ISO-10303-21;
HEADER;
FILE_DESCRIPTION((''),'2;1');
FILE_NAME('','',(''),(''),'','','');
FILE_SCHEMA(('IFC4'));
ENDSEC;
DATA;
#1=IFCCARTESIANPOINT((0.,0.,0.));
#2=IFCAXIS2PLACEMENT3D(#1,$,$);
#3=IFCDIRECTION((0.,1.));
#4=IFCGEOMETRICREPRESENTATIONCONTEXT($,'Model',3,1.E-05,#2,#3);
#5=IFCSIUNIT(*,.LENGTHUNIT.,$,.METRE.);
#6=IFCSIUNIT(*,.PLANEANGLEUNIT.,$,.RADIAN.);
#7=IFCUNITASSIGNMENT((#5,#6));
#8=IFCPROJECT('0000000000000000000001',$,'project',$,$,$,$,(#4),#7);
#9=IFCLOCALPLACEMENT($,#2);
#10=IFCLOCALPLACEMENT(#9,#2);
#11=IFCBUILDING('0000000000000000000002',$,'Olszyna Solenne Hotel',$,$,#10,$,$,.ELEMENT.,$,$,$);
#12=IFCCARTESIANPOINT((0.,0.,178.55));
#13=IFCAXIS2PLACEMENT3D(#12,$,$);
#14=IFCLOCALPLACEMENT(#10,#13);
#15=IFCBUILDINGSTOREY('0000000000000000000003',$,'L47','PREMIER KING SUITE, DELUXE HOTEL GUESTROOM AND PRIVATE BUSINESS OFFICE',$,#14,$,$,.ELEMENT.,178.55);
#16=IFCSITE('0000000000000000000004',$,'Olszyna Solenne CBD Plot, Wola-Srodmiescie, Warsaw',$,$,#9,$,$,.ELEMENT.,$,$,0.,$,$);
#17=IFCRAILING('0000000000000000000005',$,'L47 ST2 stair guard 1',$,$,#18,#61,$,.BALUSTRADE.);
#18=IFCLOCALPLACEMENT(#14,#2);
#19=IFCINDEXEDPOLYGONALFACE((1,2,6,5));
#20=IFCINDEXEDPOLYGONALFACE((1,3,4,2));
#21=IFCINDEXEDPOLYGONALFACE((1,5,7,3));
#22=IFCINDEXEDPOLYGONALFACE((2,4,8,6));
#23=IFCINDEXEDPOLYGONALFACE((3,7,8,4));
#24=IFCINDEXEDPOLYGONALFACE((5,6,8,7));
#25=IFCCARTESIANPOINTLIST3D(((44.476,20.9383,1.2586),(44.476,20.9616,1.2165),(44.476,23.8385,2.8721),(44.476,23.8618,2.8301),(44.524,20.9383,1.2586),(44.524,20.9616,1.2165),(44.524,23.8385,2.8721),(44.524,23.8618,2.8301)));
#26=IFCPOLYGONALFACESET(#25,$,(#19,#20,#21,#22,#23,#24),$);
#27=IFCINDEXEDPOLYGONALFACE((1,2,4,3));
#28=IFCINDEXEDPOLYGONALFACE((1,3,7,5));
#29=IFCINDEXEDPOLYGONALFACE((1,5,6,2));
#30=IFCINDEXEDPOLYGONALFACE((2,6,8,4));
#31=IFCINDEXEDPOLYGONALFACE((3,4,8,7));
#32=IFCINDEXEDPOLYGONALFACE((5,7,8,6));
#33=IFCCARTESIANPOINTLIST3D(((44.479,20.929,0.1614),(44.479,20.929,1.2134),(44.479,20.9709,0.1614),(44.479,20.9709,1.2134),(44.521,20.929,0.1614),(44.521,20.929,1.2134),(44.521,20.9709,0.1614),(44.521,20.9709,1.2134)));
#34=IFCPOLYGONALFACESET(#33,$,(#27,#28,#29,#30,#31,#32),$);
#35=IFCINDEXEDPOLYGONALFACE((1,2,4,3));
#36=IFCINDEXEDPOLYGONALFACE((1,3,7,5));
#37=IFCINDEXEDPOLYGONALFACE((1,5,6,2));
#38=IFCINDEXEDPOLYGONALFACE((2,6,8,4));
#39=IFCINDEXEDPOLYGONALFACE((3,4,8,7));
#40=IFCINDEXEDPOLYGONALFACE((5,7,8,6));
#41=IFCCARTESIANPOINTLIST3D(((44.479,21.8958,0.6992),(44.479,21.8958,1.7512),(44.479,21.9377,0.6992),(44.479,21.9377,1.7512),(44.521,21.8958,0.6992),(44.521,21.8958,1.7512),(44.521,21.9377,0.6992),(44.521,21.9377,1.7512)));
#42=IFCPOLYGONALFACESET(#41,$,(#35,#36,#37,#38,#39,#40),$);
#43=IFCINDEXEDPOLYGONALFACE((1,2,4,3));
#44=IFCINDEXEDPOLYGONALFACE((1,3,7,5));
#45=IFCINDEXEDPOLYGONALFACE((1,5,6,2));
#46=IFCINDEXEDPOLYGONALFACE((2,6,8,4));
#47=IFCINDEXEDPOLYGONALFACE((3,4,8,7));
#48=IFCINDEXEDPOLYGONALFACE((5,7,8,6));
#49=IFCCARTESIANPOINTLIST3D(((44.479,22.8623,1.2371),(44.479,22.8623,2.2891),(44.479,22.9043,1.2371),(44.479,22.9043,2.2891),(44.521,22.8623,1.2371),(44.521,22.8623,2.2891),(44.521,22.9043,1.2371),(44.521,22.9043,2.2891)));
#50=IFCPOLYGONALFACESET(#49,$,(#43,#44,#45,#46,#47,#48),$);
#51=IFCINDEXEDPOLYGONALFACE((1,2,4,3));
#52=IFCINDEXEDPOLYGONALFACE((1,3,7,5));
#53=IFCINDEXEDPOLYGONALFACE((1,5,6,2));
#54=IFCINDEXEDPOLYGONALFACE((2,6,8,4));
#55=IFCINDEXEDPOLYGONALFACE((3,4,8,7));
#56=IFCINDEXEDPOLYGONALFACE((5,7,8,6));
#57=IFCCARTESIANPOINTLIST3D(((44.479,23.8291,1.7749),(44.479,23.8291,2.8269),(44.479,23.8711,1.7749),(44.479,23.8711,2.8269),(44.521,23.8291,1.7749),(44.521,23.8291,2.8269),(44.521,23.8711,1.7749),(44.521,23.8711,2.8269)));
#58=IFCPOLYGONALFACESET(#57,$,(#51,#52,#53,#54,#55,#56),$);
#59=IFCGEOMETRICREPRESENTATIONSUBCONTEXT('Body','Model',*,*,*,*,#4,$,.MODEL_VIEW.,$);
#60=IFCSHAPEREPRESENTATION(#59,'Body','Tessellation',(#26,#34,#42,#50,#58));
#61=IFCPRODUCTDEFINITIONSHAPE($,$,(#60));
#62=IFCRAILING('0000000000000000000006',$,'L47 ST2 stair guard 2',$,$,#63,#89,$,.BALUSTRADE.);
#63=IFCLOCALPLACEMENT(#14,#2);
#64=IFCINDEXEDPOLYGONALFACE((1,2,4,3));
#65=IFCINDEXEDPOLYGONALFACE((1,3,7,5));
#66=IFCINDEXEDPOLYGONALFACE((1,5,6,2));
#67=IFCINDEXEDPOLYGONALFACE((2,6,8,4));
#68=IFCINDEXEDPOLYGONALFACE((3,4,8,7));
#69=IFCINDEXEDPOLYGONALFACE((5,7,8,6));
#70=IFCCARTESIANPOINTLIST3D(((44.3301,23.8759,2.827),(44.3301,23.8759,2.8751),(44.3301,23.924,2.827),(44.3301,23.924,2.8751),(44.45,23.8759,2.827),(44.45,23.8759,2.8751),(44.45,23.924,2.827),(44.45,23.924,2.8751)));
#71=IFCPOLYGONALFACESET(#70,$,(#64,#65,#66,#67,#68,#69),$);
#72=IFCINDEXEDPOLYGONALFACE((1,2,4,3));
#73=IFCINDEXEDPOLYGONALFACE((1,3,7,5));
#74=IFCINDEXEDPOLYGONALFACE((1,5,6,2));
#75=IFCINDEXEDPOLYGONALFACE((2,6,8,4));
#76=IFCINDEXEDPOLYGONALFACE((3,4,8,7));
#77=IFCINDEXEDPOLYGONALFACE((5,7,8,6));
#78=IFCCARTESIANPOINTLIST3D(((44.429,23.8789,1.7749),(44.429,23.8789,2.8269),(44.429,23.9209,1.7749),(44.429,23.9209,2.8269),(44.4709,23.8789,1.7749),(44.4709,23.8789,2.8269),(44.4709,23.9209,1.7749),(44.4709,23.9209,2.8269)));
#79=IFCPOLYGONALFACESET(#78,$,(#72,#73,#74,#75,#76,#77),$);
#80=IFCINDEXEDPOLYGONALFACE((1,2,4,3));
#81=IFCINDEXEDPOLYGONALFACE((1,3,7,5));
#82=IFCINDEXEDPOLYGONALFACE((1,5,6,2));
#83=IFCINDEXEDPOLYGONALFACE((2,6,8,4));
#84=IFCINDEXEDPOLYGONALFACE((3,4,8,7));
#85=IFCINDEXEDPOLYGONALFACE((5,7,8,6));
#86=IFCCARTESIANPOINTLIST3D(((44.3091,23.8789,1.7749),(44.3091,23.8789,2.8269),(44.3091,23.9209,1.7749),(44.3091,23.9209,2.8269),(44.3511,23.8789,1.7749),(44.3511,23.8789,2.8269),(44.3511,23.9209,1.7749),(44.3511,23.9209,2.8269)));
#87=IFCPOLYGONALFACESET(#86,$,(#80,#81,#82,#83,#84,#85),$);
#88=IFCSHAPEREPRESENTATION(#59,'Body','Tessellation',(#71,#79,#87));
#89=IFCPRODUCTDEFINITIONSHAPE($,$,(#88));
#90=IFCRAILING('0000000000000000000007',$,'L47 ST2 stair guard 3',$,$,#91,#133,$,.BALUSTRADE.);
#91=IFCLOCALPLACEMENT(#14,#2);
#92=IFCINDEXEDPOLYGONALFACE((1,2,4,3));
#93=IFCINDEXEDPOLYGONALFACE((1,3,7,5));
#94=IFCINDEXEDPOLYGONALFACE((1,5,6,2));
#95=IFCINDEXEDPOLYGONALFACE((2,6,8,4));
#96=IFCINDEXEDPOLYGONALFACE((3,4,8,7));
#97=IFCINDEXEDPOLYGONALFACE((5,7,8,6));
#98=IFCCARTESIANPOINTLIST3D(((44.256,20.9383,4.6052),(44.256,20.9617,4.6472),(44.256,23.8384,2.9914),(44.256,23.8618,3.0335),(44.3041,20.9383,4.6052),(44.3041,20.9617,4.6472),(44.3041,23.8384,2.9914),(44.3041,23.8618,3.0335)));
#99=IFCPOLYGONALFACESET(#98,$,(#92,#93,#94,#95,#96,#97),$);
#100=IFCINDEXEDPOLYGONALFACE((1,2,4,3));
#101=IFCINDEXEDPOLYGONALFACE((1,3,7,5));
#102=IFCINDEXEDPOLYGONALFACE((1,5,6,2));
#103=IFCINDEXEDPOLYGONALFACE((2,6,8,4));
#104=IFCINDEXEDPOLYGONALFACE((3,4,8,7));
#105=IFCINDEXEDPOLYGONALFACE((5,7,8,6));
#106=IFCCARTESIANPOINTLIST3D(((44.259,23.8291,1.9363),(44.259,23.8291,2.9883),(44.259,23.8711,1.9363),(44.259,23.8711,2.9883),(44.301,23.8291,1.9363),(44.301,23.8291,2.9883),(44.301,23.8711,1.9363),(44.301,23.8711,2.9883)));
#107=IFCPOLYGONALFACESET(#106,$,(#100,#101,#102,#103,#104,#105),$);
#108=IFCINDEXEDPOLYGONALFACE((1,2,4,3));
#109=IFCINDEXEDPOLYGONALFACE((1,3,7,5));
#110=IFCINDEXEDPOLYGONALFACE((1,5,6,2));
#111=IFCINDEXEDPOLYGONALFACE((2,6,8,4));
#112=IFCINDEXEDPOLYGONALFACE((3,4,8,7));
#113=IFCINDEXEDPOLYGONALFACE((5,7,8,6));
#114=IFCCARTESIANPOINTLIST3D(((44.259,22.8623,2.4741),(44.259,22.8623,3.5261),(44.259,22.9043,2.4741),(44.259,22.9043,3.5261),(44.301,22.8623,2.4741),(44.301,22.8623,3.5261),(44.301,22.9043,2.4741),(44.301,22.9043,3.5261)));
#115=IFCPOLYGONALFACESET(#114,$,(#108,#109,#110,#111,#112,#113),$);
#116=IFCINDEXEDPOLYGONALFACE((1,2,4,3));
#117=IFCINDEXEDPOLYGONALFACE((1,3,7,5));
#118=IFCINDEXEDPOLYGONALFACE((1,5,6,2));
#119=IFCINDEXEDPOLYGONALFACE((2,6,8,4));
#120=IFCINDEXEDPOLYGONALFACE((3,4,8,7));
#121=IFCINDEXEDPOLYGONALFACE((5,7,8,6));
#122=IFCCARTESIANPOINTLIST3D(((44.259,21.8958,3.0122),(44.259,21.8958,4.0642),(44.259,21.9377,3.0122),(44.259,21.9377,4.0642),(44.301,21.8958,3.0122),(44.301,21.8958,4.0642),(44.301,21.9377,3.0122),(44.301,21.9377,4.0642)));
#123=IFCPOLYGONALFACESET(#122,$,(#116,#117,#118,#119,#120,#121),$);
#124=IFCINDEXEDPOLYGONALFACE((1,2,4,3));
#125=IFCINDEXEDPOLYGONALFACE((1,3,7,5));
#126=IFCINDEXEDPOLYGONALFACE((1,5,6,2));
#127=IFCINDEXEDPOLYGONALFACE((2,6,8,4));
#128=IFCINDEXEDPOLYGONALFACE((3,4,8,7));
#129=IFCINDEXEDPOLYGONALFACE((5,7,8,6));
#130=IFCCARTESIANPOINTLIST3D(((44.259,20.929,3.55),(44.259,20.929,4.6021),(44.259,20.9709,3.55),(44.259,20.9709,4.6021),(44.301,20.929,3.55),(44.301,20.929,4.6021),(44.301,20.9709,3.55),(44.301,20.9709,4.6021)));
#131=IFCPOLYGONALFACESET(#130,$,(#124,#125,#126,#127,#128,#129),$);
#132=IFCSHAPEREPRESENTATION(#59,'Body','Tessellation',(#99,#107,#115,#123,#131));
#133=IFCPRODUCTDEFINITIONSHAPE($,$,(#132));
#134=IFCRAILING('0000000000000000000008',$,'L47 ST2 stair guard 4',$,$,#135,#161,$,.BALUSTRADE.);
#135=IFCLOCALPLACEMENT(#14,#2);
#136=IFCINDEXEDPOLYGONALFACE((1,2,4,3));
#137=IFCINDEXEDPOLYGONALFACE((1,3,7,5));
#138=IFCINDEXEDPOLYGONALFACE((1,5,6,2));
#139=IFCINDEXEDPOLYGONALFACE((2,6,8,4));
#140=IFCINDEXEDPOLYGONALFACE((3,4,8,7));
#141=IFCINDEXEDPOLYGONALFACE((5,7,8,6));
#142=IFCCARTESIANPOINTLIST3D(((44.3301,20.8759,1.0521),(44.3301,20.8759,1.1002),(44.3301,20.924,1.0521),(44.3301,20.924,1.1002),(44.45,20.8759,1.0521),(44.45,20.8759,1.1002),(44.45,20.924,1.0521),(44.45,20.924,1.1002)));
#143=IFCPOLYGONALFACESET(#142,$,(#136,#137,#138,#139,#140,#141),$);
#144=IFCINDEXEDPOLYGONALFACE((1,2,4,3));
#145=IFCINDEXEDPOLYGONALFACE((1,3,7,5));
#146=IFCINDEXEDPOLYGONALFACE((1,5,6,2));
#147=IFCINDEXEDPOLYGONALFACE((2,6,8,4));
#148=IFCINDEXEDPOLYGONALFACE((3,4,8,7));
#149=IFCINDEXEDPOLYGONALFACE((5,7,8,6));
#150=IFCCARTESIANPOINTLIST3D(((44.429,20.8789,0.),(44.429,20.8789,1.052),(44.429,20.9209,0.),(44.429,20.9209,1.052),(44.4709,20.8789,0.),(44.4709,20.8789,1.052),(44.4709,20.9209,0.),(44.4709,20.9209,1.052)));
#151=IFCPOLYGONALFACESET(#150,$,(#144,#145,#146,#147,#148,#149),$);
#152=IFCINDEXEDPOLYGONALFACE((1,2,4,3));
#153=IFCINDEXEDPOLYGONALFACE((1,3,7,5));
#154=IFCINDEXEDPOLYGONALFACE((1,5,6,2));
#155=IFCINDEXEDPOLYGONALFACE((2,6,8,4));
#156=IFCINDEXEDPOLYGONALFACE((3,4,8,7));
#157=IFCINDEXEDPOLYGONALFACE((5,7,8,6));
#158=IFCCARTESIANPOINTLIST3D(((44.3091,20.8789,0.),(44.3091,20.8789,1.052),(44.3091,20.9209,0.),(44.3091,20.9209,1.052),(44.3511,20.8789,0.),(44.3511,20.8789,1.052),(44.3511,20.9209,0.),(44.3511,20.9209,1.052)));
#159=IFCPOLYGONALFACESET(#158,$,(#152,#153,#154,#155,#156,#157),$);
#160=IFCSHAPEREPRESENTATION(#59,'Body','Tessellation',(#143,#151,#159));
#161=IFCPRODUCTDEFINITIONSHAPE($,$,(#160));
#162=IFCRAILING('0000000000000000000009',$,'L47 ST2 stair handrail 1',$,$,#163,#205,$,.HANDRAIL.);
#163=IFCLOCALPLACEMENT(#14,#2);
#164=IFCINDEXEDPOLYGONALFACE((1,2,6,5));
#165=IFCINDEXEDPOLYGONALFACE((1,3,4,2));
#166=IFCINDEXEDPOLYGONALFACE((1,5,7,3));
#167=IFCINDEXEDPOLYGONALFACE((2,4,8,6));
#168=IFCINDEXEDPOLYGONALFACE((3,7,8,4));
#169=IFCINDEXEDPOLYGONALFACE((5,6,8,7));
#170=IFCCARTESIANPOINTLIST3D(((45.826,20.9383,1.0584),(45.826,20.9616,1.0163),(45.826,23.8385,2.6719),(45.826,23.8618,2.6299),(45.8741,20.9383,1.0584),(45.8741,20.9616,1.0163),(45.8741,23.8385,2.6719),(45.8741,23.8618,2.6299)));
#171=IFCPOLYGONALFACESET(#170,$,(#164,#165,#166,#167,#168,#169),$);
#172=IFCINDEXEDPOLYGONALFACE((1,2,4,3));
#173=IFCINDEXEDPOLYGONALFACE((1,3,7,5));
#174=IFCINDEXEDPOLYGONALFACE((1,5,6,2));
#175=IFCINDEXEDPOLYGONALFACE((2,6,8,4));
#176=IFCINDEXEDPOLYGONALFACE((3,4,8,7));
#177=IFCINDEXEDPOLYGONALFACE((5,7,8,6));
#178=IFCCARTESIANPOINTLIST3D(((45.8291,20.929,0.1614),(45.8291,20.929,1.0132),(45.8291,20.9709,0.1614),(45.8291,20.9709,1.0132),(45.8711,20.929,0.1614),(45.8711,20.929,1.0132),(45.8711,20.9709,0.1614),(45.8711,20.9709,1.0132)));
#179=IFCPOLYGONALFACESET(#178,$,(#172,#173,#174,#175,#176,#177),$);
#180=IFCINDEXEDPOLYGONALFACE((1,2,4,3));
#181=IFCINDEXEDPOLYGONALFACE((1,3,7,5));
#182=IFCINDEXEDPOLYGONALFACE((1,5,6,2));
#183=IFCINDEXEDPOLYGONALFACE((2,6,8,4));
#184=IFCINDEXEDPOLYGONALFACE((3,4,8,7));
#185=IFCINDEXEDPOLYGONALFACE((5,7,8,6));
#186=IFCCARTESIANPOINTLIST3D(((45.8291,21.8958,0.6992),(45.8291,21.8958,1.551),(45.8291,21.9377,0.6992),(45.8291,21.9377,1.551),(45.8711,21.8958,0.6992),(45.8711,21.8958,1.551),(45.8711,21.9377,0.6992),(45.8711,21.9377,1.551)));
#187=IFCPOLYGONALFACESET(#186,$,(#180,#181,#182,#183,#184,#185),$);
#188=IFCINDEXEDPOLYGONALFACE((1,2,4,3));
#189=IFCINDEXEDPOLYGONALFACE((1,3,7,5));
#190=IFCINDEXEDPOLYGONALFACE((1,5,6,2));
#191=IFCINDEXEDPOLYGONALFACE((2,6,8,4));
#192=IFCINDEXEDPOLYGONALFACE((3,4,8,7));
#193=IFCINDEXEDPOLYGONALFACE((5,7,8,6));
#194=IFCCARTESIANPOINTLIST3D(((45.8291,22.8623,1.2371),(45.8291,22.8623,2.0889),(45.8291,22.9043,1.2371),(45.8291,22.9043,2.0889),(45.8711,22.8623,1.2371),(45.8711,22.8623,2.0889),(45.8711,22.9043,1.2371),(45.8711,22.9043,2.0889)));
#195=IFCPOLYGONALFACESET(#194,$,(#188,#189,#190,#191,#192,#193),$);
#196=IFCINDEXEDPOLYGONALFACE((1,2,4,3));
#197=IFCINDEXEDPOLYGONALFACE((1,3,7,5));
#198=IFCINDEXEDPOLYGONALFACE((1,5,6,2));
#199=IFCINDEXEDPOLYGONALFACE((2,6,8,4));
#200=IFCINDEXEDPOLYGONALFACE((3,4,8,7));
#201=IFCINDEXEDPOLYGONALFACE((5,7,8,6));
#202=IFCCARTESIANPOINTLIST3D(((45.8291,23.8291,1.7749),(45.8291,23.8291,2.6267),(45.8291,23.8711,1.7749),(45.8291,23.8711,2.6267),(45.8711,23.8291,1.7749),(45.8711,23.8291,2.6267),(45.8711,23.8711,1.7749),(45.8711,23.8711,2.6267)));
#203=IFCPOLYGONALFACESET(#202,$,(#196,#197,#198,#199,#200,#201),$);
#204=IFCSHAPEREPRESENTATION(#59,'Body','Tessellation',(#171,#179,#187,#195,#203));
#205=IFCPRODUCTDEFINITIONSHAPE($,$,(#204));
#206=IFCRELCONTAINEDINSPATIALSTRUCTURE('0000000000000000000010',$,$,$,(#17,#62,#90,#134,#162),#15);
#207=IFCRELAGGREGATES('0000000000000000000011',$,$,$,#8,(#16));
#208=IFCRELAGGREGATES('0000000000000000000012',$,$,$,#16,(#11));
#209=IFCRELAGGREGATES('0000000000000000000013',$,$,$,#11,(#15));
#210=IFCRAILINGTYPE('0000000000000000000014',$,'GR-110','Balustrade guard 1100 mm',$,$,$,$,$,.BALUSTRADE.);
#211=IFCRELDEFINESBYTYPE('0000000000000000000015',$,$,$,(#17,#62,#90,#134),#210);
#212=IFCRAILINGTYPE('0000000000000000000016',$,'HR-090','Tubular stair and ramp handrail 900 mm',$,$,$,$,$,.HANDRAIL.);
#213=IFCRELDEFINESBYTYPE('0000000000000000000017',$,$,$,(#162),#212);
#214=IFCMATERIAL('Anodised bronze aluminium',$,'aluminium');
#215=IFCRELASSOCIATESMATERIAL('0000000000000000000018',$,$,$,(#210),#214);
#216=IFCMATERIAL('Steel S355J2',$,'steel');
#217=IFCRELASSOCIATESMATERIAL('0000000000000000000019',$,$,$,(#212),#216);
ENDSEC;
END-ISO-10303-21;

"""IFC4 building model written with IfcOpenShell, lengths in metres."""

from ifc_helpers import new_model, si_unit, direction, frame, origin, origin_2d, place, context, subcontext, project, spatial, rectangle, extrude, material, type_object, element, save


model = new_model("IFC4")

# Units and contexts
model_context = context("Model", 3, precision=1e-05, world=origin(), true_north=direction((0.0, 1.0)))
body_context = subcontext(model_context, "Body", "Model", "MODEL_VIEW")
ifc_project = project(units=[si_unit("LENGTHUNIT", "METRE"), si_unit("PLANEANGLEUNIT", "RADIAN")], contexts=[model_context])

# Site, building, storey
site_placement = place(None, origin())
site = spatial("IfcSite", under=ifc_project, at=site_placement, Name="Olszyna Solenne CBD Plot, Wola-Srodmiescie, Warsaw", CompositionType="ELEMENT", RefElevation=0.0)
building_placement = place(site_placement, origin())
building = spatial("IfcBuilding", under=site, at=building_placement, Name="Olszyna Solenne Hotel", CompositionType="ELEMENT")
storey_placement = place(building_placement, frame((0.0, 0.0, 178.55)))
storey = spatial("IfcBuildingStorey", under=building, at=storey_placement, Name="L47", Description="PREMIER KING SUITE, DELUXE HOTEL GUESTROOM AND PRIVATE BUSINESS OFFICE", CompositionType="ELEMENT", Elevation=178.55)

# Shared definitions
ifc_material_1 = material(Name="Steel S355J2", Category="steel")

# Shared definitions
ifc_material_2 = material(Name="Anodised bronze aluminium", Category="aluminium")

# Railings
railing_type_1 = type_object("IfcRailingType", Name="GR-110", Description="Balustrade guard 1100 mm", PredefinedType="BALUSTRADE", material=ifc_material_2)
railing_1_placement = place(storey_placement, frame((44.5, 20.95, 0.1614)))
element("IfcRailing", 1, at=railing_1_placement, inside=storey, type_object=railing_type_1, Name="L47 ST2 stair guard 1", PredefinedType="BALUSTRADE", context=body_context, shape_type="SweptSolid", body=[
    extrude(rectangle(XDim=0.0481, YDim=0.0481, at=origin_2d()), frame((0.0, 0.0, 1.0762), z_axis=(0.0, 0.873859, 0.48618), x_axis=(-1.0, 0.0, 0.0)), (0.0, 0.0, 1.0), 3.3188),
    extrude(rectangle(XDim=0.042, YDim=0.042, at=origin_2d()), origin(), (0.0, 0.0, 1.0), 1.052),
    extrude(rectangle(XDim=0.042, YDim=0.042, at=origin_2d()), frame((0.0, 0.9668, 0.5378)), (0.0, 0.0, 1.0), 1.052),
    extrude(rectangle(XDim=0.042, YDim=0.042, at=origin_2d()), frame((0.0, 1.9333, 1.0757)), (0.0, 0.0, 1.0), 1.052),
    extrude(rectangle(XDim=0.042, YDim=0.042, at=origin_2d()), frame((0.0, 2.9001, 1.6135)), (0.0, 0.0, 1.0), 1.052),
])
railing_2_placement = place(storey_placement, frame((44.45, 23.8999, 1.7749)))
element("IfcRailing", 2, at=railing_2_placement, inside=storey, type_object=railing_type_1, Name="L47 ST2 stair guard 2", PredefinedType="BALUSTRADE", context=body_context, shape_type="SweptSolid", body=[
    extrude(rectangle(XDim=0.0481, YDim=0.0481, at=origin_2d()), frame((0.0, 0.0, 1.0762), z_axis=(-1.0, 0.0, 0.0), x_axis=(0.0, -1.0, 0.0)), (0.0, 0.0, 1.0), 0.1199),
    extrude(rectangle(XDim=0.042, YDim=0.042, at=origin_2d()), origin(), (0.0, 0.0, 1.0), 1.052),
    extrude(rectangle(XDim=0.042, YDim=0.042, at=origin_2d()), frame((-0.1199, 0.0, 0.0)), (0.0, 0.0, 1.0), 1.052),
])
railing_3_placement = place(storey_placement, frame((44.28, 23.8501, 1.9363)))
element("IfcRailing", 3, at=railing_3_placement, inside=storey, type_object=railing_type_1, Name="L47 ST2 stair guard 3", PredefinedType="BALUSTRADE", context=body_context, shape_type="SweptSolid", body=[
    extrude(rectangle(XDim=0.0481, YDim=0.0481, at=origin_2d()), frame((0.0, 0.0, 1.0762), z_axis=(0.0, -0.873827, 0.486236), x_axis=(1.0, 0.0, 0.0)), (0.0, 0.0, 1.0), 3.3188),
    extrude(rectangle(XDim=0.042, YDim=0.042, at=origin_2d()), origin(), (0.0, 0.0, 1.0), 1.052),
    extrude(rectangle(XDim=0.042, YDim=0.042, at=origin_2d()), frame((0.0, -0.9668, 0.5378)), (0.0, 0.0, 1.0), 1.052),
    extrude(rectangle(XDim=0.042, YDim=0.042, at=origin_2d()), frame((0.0, -1.9333, 1.0759)), (0.0, 0.0, 1.0), 1.052),
    extrude(rectangle(XDim=0.042, YDim=0.042, at=origin_2d()), frame((0.0, -2.9001, 1.6138)), (0.0, 0.0, 1.0), 1.052),
])
railing_4_placement = place(storey_placement, frame((44.45, 20.8999, 0.0)))
element("IfcRailing", 4, at=railing_4_placement, inside=storey, type_object=railing_type_1, Name="L47 ST2 stair guard 4", PredefinedType="BALUSTRADE", context=body_context, shape_type="SweptSolid", body=[
    extrude(rectangle(XDim=0.0481, YDim=0.0481, at=origin_2d()), frame((0.0, 0.0, 1.0762), z_axis=(-1.0, 0.0, 0.0), x_axis=(0.0, -1.0, 0.0)), (0.0, 0.0, 1.0), 0.1199),
    extrude(rectangle(XDim=0.042, YDim=0.042, at=origin_2d()), origin(), (0.0, 0.0, 1.0), 1.052),
    extrude(rectangle(XDim=0.042, YDim=0.042, at=origin_2d()), frame((-0.1199, 0.0, 0.0)), (0.0, 0.0, 1.0), 1.052),
])
railing_type_2 = type_object("IfcRailingType", Name="HR-090", Description="Tubular stair and ramp handrail 900 mm", PredefinedType="HANDRAIL", material=ifc_material_1)
railing_5_placement = place(storey_placement, frame((45.8501, 20.95, 0.1614)))
element("IfcRailing", 5, at=railing_5_placement, inside=storey, type_object=railing_type_2, Name="L47 ST2 stair handrail 1", PredefinedType="HANDRAIL", context=body_context, shape_type="SweptSolid", body=[
    extrude(rectangle(XDim=0.0481, YDim=0.0481, at=origin_2d()), frame((0.0, 0.0, 0.876), z_axis=(0.0, 0.873859, 0.48618), x_axis=(-1.0, 0.0, 0.0)), (0.0, 0.0, 1.0), 3.3188),
    extrude(rectangle(XDim=0.042, YDim=0.042, at=origin_2d()), origin(), (0.0, 0.0, 1.0), 0.8518),
    extrude(rectangle(XDim=0.042, YDim=0.042, at=origin_2d()), frame((0.0, 0.9668, 0.5378)), (0.0, 0.0, 1.0), 0.8518),
    extrude(rectangle(XDim=0.042, YDim=0.042, at=origin_2d()), frame((0.0, 1.9333, 1.0757)), (0.0, 0.0, 1.0), 0.8518),
    extrude(rectangle(XDim=0.042, YDim=0.042, at=origin_2d()), frame((0.0, 2.9001, 1.6135)), (0.0, 0.0, 1.0), 0.8518),
])

save(model, "model.ifc")
